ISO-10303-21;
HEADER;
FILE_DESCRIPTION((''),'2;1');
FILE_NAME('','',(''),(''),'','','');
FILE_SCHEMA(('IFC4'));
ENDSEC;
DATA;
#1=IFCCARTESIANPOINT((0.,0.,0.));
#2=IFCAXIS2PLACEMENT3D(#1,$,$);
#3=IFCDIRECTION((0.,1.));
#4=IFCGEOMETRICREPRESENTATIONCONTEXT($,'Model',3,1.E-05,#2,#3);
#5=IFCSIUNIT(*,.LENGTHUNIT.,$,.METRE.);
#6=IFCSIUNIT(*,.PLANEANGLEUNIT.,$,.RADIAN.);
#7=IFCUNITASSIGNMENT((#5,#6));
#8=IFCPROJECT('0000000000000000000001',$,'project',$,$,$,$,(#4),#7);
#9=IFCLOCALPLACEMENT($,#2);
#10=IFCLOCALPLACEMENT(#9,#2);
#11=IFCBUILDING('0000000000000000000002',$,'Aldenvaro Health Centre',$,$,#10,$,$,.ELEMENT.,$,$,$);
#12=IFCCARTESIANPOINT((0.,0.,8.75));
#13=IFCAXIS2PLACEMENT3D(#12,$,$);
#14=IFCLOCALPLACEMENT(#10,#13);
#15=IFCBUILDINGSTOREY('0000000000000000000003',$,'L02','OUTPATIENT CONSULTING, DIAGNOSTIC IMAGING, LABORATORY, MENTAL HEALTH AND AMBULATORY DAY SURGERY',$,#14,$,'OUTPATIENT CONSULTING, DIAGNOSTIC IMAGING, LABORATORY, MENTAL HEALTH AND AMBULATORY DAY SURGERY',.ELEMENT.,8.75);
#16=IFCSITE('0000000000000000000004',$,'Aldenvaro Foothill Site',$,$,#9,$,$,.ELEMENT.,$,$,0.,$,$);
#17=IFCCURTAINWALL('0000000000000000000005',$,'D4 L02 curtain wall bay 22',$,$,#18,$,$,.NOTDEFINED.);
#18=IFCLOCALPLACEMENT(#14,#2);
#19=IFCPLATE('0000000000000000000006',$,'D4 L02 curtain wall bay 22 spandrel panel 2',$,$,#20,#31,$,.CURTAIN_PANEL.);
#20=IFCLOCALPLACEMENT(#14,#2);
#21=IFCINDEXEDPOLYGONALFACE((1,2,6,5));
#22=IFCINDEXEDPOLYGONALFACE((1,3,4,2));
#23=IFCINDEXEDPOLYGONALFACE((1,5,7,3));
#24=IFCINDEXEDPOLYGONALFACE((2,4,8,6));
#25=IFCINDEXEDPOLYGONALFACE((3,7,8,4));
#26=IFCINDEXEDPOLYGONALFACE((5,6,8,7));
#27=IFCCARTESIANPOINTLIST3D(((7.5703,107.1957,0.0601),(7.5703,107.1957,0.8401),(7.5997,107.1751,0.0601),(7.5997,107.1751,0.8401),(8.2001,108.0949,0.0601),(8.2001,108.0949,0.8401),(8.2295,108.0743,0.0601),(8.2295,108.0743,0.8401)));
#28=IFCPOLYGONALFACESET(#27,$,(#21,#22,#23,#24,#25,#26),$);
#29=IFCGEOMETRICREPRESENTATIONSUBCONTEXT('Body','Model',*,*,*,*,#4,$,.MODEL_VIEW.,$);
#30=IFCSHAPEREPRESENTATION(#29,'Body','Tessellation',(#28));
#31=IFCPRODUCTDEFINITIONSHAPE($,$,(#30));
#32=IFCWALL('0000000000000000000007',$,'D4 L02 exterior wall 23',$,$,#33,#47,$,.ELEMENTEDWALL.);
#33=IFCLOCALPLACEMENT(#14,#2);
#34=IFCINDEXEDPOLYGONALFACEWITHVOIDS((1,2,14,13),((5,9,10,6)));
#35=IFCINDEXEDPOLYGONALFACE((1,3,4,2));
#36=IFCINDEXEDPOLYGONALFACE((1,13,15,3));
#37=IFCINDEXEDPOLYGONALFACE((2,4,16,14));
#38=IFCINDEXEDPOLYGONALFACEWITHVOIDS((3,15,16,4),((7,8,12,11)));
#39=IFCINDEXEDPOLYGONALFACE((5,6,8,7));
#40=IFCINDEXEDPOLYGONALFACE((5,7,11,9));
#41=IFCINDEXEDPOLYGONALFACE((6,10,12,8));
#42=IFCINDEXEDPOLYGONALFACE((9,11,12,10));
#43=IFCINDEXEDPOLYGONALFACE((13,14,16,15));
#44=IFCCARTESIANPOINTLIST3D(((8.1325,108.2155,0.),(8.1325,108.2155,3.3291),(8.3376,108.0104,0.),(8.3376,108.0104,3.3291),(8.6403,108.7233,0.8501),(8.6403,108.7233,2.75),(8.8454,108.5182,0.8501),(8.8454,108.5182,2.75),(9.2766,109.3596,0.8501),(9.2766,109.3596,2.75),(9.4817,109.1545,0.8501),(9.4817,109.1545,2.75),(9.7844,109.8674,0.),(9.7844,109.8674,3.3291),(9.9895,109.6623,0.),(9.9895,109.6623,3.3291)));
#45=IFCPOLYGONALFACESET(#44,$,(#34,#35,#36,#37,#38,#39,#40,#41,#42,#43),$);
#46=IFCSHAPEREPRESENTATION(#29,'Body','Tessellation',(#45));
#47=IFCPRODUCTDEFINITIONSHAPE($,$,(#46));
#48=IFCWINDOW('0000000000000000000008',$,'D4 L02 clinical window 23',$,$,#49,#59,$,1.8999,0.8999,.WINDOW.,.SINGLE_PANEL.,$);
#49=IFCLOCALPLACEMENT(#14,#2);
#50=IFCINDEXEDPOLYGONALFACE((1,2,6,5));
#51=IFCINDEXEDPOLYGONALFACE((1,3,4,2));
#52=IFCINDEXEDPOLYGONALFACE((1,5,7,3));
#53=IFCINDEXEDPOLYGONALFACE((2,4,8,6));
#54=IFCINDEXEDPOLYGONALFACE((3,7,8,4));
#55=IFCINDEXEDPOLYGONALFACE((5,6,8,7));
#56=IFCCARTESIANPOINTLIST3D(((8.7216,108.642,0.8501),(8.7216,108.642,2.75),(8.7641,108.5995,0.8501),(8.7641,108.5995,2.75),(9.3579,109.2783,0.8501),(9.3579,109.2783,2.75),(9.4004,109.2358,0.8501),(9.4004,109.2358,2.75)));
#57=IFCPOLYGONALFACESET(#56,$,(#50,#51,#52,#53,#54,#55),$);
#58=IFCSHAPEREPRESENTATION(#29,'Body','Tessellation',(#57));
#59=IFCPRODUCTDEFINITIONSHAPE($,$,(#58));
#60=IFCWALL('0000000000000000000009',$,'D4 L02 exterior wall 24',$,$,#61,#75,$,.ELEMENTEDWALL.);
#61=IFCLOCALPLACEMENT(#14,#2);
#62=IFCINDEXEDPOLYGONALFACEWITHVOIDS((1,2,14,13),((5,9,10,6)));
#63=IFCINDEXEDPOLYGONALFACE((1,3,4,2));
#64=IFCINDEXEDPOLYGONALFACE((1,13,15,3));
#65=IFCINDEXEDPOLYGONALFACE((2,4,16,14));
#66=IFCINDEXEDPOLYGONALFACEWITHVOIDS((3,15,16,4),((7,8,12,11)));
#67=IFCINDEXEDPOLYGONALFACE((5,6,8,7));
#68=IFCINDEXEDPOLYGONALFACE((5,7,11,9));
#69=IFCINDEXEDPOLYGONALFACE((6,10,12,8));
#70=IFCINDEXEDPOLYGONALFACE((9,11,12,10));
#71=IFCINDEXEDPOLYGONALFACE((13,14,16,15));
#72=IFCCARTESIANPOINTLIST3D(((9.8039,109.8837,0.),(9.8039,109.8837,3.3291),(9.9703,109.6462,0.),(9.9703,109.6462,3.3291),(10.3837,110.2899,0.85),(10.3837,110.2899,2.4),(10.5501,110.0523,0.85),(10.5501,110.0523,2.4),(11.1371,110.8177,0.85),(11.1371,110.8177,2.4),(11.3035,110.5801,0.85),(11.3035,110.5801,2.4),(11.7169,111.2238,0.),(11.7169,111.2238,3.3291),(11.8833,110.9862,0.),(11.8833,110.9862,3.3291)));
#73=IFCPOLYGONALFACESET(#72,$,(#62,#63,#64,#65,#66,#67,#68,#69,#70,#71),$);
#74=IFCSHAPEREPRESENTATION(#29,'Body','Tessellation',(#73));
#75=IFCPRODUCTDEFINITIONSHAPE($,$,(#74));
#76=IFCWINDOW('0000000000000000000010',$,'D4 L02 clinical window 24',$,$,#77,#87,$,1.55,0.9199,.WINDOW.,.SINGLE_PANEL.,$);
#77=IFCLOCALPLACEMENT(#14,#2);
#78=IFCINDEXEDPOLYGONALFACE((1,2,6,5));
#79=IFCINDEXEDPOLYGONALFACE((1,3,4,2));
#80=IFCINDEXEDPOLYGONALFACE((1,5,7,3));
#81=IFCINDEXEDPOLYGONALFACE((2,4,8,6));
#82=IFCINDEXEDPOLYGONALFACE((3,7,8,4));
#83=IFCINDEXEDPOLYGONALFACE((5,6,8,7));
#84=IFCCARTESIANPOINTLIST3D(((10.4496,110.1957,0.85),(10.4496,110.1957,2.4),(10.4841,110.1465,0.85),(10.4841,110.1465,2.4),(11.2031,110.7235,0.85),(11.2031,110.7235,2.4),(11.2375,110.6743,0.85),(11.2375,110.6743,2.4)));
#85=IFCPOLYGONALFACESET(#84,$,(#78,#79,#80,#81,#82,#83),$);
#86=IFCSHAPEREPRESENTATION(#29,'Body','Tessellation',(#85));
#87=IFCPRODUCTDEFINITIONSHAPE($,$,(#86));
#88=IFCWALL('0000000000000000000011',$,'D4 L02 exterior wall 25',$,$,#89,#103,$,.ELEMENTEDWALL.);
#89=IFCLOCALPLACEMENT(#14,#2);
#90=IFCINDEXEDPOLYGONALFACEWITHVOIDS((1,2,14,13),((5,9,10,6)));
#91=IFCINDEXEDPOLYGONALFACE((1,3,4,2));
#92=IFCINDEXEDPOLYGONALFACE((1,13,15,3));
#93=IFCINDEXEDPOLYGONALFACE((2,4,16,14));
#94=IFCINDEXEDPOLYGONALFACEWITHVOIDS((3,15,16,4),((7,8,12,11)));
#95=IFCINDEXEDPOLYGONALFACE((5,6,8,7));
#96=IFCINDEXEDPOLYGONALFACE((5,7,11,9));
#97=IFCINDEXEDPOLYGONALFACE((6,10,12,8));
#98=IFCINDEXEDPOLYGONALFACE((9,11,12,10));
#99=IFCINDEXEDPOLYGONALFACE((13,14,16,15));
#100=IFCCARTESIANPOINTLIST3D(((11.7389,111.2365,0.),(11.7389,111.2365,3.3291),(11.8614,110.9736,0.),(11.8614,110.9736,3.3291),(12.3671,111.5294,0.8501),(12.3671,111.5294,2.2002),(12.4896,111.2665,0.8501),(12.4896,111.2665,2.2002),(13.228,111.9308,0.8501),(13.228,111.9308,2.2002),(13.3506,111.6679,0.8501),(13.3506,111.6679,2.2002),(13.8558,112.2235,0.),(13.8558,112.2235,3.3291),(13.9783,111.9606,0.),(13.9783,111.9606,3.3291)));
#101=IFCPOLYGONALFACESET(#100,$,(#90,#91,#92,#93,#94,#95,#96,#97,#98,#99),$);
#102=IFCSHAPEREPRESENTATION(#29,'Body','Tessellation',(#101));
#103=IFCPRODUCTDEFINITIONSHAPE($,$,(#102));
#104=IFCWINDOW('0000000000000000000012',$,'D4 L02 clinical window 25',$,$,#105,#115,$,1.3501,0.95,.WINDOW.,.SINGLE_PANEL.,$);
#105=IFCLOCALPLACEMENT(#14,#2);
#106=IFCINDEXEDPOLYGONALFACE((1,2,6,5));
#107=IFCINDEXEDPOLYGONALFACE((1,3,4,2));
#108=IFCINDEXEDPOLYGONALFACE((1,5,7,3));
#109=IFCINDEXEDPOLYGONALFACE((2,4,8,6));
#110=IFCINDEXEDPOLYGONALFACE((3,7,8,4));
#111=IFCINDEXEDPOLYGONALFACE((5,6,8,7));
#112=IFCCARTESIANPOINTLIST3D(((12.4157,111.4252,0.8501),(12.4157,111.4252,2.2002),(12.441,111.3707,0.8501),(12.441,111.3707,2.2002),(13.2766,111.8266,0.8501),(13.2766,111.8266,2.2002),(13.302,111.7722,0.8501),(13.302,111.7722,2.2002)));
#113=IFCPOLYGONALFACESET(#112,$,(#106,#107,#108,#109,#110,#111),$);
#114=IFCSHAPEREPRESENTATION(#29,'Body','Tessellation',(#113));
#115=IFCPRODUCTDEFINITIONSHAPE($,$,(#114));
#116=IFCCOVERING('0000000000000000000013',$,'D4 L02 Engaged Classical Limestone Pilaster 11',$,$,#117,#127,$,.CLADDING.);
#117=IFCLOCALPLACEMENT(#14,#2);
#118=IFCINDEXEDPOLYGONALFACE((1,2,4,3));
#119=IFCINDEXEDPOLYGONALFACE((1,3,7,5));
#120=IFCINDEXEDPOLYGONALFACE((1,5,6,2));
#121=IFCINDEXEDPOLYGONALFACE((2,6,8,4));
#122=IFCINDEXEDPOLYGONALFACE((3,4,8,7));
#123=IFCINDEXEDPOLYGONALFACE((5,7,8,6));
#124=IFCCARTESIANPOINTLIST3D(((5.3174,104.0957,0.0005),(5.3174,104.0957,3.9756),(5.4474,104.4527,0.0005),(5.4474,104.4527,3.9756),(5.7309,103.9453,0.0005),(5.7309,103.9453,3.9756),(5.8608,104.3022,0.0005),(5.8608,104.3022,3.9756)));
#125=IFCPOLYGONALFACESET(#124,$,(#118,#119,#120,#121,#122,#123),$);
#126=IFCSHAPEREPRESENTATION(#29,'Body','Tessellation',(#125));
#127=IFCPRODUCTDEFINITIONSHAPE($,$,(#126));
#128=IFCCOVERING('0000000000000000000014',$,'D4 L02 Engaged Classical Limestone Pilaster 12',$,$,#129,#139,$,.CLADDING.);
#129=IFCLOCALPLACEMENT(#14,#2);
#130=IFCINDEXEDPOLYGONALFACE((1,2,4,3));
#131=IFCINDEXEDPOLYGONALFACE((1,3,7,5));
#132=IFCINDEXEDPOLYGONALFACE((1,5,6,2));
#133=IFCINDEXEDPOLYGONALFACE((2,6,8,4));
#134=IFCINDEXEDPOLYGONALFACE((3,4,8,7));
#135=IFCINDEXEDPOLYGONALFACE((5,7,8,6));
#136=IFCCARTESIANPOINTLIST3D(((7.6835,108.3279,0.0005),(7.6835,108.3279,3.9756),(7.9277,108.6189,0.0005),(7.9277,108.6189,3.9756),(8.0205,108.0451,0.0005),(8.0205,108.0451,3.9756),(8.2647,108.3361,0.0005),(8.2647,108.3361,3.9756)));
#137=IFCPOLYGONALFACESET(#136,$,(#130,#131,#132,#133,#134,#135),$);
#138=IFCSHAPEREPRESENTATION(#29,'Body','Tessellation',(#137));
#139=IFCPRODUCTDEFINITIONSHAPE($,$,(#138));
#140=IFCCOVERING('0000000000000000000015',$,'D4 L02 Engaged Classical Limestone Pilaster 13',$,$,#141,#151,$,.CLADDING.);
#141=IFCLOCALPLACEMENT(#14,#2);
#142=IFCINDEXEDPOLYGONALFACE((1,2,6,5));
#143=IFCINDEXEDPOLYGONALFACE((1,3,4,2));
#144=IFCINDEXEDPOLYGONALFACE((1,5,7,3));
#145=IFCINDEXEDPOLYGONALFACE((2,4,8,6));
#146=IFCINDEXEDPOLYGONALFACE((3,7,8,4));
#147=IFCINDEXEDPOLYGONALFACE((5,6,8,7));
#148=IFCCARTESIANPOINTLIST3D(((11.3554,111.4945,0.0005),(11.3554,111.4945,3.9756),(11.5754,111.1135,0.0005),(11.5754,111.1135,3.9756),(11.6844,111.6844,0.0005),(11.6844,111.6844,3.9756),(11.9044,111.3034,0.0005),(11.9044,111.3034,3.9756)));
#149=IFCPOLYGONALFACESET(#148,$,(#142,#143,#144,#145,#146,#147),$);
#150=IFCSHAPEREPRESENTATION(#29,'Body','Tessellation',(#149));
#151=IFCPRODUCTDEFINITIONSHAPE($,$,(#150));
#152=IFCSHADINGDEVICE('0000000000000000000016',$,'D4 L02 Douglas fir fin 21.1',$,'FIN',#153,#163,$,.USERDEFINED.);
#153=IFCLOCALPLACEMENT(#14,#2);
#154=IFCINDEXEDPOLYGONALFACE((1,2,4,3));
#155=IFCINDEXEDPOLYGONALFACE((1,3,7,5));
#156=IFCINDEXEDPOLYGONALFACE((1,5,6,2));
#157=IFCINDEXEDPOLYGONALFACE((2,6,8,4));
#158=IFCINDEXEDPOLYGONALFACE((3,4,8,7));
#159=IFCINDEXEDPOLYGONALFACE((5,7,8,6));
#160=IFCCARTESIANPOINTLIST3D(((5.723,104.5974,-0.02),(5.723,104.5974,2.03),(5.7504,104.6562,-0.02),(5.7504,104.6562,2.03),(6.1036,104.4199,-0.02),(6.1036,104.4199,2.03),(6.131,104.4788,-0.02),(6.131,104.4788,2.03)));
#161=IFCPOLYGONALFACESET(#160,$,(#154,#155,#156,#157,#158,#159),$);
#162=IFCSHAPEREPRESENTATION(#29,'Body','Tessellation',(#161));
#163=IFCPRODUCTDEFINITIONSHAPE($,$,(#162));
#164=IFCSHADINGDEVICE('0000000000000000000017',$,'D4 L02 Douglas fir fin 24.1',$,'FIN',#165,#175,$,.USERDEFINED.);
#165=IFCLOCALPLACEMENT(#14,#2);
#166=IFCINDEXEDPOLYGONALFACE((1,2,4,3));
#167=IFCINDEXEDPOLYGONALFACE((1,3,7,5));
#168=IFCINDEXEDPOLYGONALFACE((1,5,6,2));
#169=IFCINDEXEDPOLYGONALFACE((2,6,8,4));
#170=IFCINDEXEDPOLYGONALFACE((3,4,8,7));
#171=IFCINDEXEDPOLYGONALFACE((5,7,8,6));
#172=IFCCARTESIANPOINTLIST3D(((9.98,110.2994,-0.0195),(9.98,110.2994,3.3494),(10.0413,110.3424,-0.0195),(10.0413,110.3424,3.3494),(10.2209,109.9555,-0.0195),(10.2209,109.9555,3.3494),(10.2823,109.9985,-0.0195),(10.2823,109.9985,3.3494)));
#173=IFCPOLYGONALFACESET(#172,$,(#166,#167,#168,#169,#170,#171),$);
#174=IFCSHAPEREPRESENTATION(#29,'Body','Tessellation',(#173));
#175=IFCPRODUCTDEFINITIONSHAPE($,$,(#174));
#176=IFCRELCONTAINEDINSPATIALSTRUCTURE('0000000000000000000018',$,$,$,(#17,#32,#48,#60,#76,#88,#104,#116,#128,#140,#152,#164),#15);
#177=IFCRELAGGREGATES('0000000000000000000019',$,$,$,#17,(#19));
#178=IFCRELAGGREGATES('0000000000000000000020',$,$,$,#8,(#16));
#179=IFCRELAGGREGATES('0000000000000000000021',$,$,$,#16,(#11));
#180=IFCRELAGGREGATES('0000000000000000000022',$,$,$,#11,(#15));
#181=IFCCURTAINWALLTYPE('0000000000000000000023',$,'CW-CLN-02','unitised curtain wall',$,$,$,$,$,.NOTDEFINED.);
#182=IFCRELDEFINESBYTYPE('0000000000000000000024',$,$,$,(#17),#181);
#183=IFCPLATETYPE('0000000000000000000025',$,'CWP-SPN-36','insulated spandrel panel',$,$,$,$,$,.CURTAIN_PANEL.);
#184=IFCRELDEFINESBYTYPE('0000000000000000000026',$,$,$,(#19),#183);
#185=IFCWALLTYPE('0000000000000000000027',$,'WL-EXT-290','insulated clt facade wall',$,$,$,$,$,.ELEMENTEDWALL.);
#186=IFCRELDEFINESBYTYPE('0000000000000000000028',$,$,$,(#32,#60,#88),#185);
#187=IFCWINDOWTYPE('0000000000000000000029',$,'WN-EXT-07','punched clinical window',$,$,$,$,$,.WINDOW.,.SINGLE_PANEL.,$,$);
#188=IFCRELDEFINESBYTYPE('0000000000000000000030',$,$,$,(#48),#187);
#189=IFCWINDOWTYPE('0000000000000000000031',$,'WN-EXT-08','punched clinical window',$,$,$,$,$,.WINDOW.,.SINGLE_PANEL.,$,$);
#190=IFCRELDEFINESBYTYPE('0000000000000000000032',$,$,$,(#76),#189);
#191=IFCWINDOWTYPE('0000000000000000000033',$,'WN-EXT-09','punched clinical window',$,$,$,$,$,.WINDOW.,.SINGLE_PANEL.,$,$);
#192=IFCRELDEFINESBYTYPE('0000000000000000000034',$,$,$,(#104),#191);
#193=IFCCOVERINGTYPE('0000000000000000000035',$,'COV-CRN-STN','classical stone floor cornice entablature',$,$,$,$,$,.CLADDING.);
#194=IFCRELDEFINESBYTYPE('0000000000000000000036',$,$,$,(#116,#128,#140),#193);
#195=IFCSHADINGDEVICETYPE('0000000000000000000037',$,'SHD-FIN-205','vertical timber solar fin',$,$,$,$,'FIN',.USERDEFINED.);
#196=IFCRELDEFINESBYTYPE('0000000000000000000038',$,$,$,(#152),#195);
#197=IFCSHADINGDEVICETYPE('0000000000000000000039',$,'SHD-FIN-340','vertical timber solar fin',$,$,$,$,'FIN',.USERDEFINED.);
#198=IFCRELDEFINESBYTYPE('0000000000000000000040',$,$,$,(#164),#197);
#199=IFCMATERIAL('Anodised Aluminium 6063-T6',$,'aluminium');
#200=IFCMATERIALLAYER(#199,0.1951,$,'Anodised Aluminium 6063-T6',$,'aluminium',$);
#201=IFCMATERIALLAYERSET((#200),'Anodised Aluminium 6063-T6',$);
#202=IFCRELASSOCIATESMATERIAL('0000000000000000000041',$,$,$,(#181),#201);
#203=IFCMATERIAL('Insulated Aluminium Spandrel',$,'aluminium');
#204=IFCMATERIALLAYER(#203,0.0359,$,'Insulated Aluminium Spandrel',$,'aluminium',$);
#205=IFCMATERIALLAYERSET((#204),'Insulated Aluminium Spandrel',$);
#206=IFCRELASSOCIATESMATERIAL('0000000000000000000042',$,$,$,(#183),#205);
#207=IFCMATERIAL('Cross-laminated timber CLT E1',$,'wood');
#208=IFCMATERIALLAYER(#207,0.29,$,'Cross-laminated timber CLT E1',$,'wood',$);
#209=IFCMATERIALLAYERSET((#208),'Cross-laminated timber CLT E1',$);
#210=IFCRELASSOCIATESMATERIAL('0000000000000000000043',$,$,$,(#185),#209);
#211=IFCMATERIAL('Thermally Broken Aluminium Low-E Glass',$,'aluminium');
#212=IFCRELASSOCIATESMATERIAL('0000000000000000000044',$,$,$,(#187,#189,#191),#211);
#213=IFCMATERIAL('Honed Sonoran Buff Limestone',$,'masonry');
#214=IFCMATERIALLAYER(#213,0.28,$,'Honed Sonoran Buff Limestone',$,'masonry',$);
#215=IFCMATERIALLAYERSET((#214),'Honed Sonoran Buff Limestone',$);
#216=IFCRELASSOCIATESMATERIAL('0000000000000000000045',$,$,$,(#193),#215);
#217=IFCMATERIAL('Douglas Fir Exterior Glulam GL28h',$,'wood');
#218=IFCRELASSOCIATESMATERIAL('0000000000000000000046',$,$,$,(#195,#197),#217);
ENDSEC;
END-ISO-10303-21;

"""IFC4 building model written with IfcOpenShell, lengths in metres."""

from ifc_helpers import new_model, si_unit, direction, frame, frame_2d, origin, origin_2d, place, context, subcontext, project, spatial, rectangle, extrude, material, layer, layer_set, type_object, element, fill, aggregate, save


model = new_model("IFC4")

# Units and contexts
model_context = context("Model", 3, precision=1e-05, world=origin(), true_north=direction((0.0, 1.0)))
body_context = subcontext(model_context, "Body", "Model", "MODEL_VIEW")
ifc_project = project(units=[si_unit("LENGTHUNIT", "METRE"), si_unit("PLANEANGLEUNIT", "RADIAN")], contexts=[model_context])

# Site, building, storey
site_placement = place(None, origin())
site = spatial("IfcSite", under=ifc_project, at=site_placement, Name="Aldenvaro Foothill Site", CompositionType="ELEMENT", RefElevation=0.0)
building_placement = place(site_placement, origin())
building = spatial("IfcBuilding", under=site, at=building_placement, Name="Aldenvaro Health Centre", CompositionType="ELEMENT")
storey_placement = place(building_placement, frame((0.0, 0.0, 8.75)))
storey = spatial("IfcBuildingStorey", under=building, at=storey_placement, Name="L02", Description="OUTPATIENT CONSULTING, DIAGNOSTIC IMAGING, LABORATORY, MENTAL HEALTH AND AMBULATORY DAY SURGERY", LongName="OUTPATIENT CONSULTING, DIAGNOSTIC IMAGING, LABORATORY, MENTAL HEALTH AND AMBULATORY DAY SURGERY", CompositionType="ELEMENT", Elevation=8.75)

# Curtain wall
ifc_material_1 = material(Name="Anodised Aluminium 6063-T6", Category="aluminium")
ifc_layer_1 = layer(ifc_material_1, 0.1951, Name="Anodised Aluminium 6063-T6", Category="aluminium")
ifc_layer_set_1 = layer_set([ifc_layer_1], Name="Anodised Aluminium 6063-T6")
curtain_wall_type = type_object("IfcCurtainWallType", Name="CW-CLN-02", Description="unitised curtain wall", PredefinedType="NOTDEFINED", material=ifc_layer_set_1)
curtain_wall_placement = place(storey_placement, origin())
curtain_wall = element("IfcCurtainWall", 1, at=curtain_wall_placement, inside=storey, type_object=curtain_wall_type, Name="D4 L02 curtain wall bay 22", PredefinedType="NOTDEFINED")

# Plate
ifc_material_2 = material(Name="Insulated Aluminium Spandrel", Category="aluminium")
ifc_layer_2 = layer(ifc_material_2, 0.0359, Name="Insulated Aluminium Spandrel", Category="aluminium")
ifc_layer_set_2 = layer_set([ifc_layer_2], Name="Insulated Aluminium Spandrel")
plate_type_1 = type_object("IfcPlateType", Name="CWP-SPN-36", Description="insulated spandrel panel", PredefinedType="CURTAIN_PANEL", material=ifc_layer_set_2)
plate_1_placement = place(storey_placement, frame((7.8999, 107.635, 0.0601), z_axis=(0.0, 0.0, 1.0), x_axis=(0.573721, 0.819051, 0.0)))
plate_1 = element("IfcPlate", 2, at=plate_1_placement, type_object=plate_type_1, Name="D4 L02 curtain wall bay 22 spandrel panel 2", PredefinedType="CURTAIN_PANEL", context=body_context, shape_type="SweptSolid", body=[
    extrude(rectangle(XDim=1.0979, YDim=0.0359, at=origin_2d()), origin(), (0.0, 0.0, 1.0), 0.78),
])
aggregate(curtain_wall, [plate_1])

# Walls, openings, windows
ifc_material_3 = material(Name="Cross-laminated timber CLT E1", Category="wood")
ifc_layer_3 = layer(ifc_material_3, 0.29, Name="Cross-laminated timber CLT E1", Category="wood")
ifc_layer_set_3 = layer_set([ifc_layer_3], Name="Cross-laminated timber CLT E1")
wall_type = type_object("IfcWallType", Name="WL-EXT-290", Description="insulated clt facade wall", PredefinedType="ELEMENTEDWALL", material=ifc_layer_set_3)
wall_1_placement = place(storey_placement, frame((8.2351, 108.113, 0.0), z_axis=(0.0, 0.0, 1.0), x_axis=(0.707107, 0.707107, 0.0)))
wall_1 = element("IfcWall", 3, at=wall_1_placement, inside=storey, type_object=wall_type, Name="D4 L02 exterior wall 23", PredefinedType="ELEMENTEDWALL", context=body_context, shape_type="SweptSolid", body=[
    extrude(rectangle(XDim=2.3362, YDim=0.29, at=frame_2d((1.168, 0.0))), origin(), (0.0, 0.0, 1.0), 3.3291),
])
opening_1_placement = place(wall_1_placement, frame((0.718, 0.0, 0.8501)))
opening_1 = element("IfcOpeningElement", 4, at=opening_1_placement, cuts=wall_1, PredefinedType="OPENING", context=body_context, shape_type="SweptSolid", body=[
    extrude(rectangle(XDim=0.8999, YDim=1.8999, at=frame_2d((0.45, 0.95))), frame((0.0, 0.155, 0.0), z_axis=(0.0, -1.0, 0.0), x_axis=(1.0, 0.0, 0.0)), (0.0, 0.0, 1.0), 0.3101),
])
ifc_material_4 = material(Name="Thermally Broken Aluminium Low-E Glass", Category="aluminium")
window_type_1 = type_object("IfcWindowType", Name="WN-EXT-07", Description="punched clinical window", PartitioningType="SINGLE_PANEL", PredefinedType="WINDOW", material=ifc_material_4)
window_1_placement = place(opening_1_placement, origin())
window_1 = element("IfcWindow", 5, at=window_1_placement, inside=storey, type_object=window_type_1, Name="D4 L02 clinical window 23", OverallHeight=1.8999, OverallWidth=0.8999, PartitioningType="SINGLE_PANEL", PredefinedType="WINDOW", context=body_context, shape_type="SweptSolid", body=[
    extrude(rectangle(XDim=0.8999, YDim=1.8999, at=frame_2d((0.45, 0.95))), frame((0.0, 0.03, 0.0), z_axis=(0.0, -1.0, 0.0), x_axis=(1.0, 0.0, 0.0)), (0.0, 0.0, 1.0), 0.0601),
])
fill(opening_1, window_1)
wall_2_placement = place(storey_placement, frame((9.887, 109.7649, 0.0), z_axis=(0.0, 0.0, 1.0), x_axis=(0.819045, 0.573729, 0.0)))
wall_2 = element("IfcWall", 6, at=wall_2_placement, inside=storey, type_object=wall_type, Name="D4 L02 exterior wall 24", PredefinedType="ELEMENTEDWALL", context=body_context, shape_type="SweptSolid", body=[
    extrude(rectangle(XDim=2.3357, YDim=0.29, at=frame_2d((1.168, 0.0))), origin(), (0.0, 0.0, 1.0), 3.3291),
])
opening_2_placement = place(wall_2_placement, frame((0.708, 0.0, 0.8501)))
opening_2 = element("IfcOpeningElement", 7, at=opening_2_placement, cuts=wall_2, PredefinedType="OPENING", context=body_context, shape_type="SweptSolid", body=[
    extrude(rectangle(XDim=0.9199, YDim=1.55, at=frame_2d((0.46, 0.7749))), frame((0.0, 0.155, 0.0), z_axis=(0.0, -1.0, 0.0), x_axis=(1.0, 0.0, 0.0)), (0.0, 0.0, 1.0), 0.3101),
])
window_type_2 = type_object("IfcWindowType", Name="WN-EXT-08", Description="punched clinical window", PartitioningType="SINGLE_PANEL", PredefinedType="WINDOW", material=ifc_material_4)
window_2_placement = place(opening_2_placement, origin())
window_2 = element("IfcWindow", 8, at=window_2_placement, inside=storey, type_object=window_type_2, Name="D4 L02 clinical window 24", OverallHeight=1.55, OverallWidth=0.9199, PartitioningType="SINGLE_PANEL", PredefinedType="WINDOW", context=body_context, shape_type="SweptSolid", body=[
    extrude(rectangle(XDim=0.9199, YDim=1.55, at=frame_2d((0.46, 0.7749))), frame((0.0, 0.03, 0.0), z_axis=(0.0, -1.0, 0.0), x_axis=(1.0, 0.0, 0.0)), (0.0, 0.0, 1.0), 0.0601),
])
fill(opening_2, window_2)
wall_3_placement = place(storey_placement, frame((11.8, 111.105, 0.0), z_axis=(0.0, 0.0, 1.0), x_axis=(0.906322, 0.422588, 0.0)))
wall_3 = element("IfcWall", 9, at=wall_3_placement, inside=storey, type_object=wall_type, Name="D4 L02 exterior wall 25", PredefinedType="ELEMENTEDWALL", context=body_context, shape_type="SweptSolid", body=[
    extrude(rectangle(XDim=2.3357, YDim=0.29, at=frame_2d((1.168, 0.0))), origin(), (0.0, 0.0, 1.0), 3.3291),
])
opening_3_placement = place(wall_3_placement, frame((0.6931, 0.0, 0.8501)))
opening_3 = element("IfcOpeningElement", 10, at=opening_3_placement, cuts=wall_3, PredefinedType="OPENING", context=body_context, shape_type="SweptSolid", body=[
    extrude(rectangle(XDim=0.95, YDim=1.3501, at=frame_2d((0.4751, 0.675))), frame((0.0, 0.155, 0.0), z_axis=(0.0, -1.0, 0.0), x_axis=(1.0, 0.0, 0.0)), (0.0, 0.0, 1.0), 0.3101),
])
window_type_3 = type_object("IfcWindowType", Name="WN-EXT-09", Description="punched clinical window", PartitioningType="SINGLE_PANEL", PredefinedType="WINDOW", material=ifc_material_4)
window_3_placement = place(opening_3_placement, origin())
window_3 = element("IfcWindow", 11, at=window_3_placement, inside=storey, type_object=window_type_3, Name="D4 L02 clinical window 25", OverallHeight=1.3501, OverallWidth=0.95, PartitioningType="SINGLE_PANEL", PredefinedType="WINDOW", context=body_context, shape_type="SweptSolid", body=[
    extrude(rectangle(XDim=0.95, YDim=1.3501, at=frame_2d((0.4751, 0.675))), frame((0.0, 0.03, 0.0), z_axis=(0.0, -1.0, 0.0), x_axis=(1.0, 0.0, 0.0)), (0.0, 0.0, 1.0), 0.0601),
])
fill(opening_3, window_3)

# Coverings
ifc_material_5 = material(Name="Honed Sonoran Buff Limestone", Category="masonry")
ifc_layer_4 = layer(ifc_material_5, 0.28, Name="Honed Sonoran Buff Limestone", Category="masonry")
ifc_layer_set_4 = layer_set([ifc_layer_4], Name="Honed Sonoran Buff Limestone")
covering_type = type_object("IfcCoveringType", Name="COV-CRN-STN", Description="classical stone floor cornice entablature", PredefinedType="CLADDING", material=ifc_layer_set_4)
for number, where, z_axis, x_axis, name in (
    (12, (5.5891, 104.199, 0.0005), (0.0, 0.0, 1.0), (-0.939695, 0.342013, 0.0), "D4 L02 Engaged Classical Limestone Pilaster 11"),
    (13, (7.9741, 108.332, 0.0005), (0.0, 0.0, 1.0), (-0.766058, 0.642772, 0.0), "D4 L02 Engaged Classical Limestone Pilaster 12"),
    (14, (11.6299, 111.3989, 0.0005), (0.0, 0.0, 1.0), (-0.499992, 0.86603, 0.0), "D4 L02 Engaged Classical Limestone Pilaster 13"),
):
    element("IfcCovering", number, at=place(storey_placement, frame(where, z_axis=z_axis, x_axis=x_axis)), inside=storey, type_object=covering_type, Name=name, PredefinedType="CLADDING", context=body_context, shape_type="SweptSolid", body=[
        extrude(rectangle(XDim=0.4399, YDim=0.3799, at=origin_2d()), origin(), (0.0, 0.0, 1.0), 3.9751),
    ])

# Shading devices
ifc_material_6 = material(Name="Douglas Fir Exterior Glulam GL28h", Category="wood")
shading_device_type_1 = type_object("IfcShadingDeviceType", Name="SHD-FIN-205", Description="vertical timber solar fin", ElementType="FIN", PredefinedType="USERDEFINED", material=ifc_material_6)
shading_device_1_placement = place(storey_placement, frame((5.927, 104.5381, -0.02), z_axis=(0.0, 0.0, 1.0), x_axis=(0.422557, 0.906336, 0.0)))
element("IfcShadingDevice", 15, at=shading_device_1_placement, inside=storey, type_object=shading_device_type_1, Name="D4 L02 Douglas fir fin 21.1", ObjectType="FIN", PredefinedType="USERDEFINED", context=body_context, shape_type="SweptSolid", body=[
    extrude(rectangle(XDim=0.0649, YDim=0.4199, at=origin_2d()), origin(), (0.0, 0.0, 1.0), 2.05),
])
shading_device_type_2 = type_object("IfcShadingDeviceType", Name="SHD-FIN-340", Description="vertical timber solar fin", ElementType="FIN", PredefinedType="USERDEFINED", material=ifc_material_6)
for number, where, z_axis, x_axis, name in (
    (16, (10.1311, 110.1489, -0.0195), (0.0, 0.0, 1.0), (0.819051, 0.573721, 0.0), "D4 L02 Douglas fir fin 24.1"),
):
    element("IfcShadingDevice", number, at=place(storey_placement, frame(where, z_axis=z_axis, x_axis=x_axis)), inside=storey, type_object=shading_device_type_2, Name=name, ObjectType="FIN", PredefinedType="USERDEFINED", context=body_context, shape_type="SweptSolid", body=[
        extrude(rectangle(XDim=0.075, YDim=0.4199, at=origin_2d()), origin(), (0.0, 0.0, 1.0), 3.3689),
    ])

save(model, "model.ifc")
